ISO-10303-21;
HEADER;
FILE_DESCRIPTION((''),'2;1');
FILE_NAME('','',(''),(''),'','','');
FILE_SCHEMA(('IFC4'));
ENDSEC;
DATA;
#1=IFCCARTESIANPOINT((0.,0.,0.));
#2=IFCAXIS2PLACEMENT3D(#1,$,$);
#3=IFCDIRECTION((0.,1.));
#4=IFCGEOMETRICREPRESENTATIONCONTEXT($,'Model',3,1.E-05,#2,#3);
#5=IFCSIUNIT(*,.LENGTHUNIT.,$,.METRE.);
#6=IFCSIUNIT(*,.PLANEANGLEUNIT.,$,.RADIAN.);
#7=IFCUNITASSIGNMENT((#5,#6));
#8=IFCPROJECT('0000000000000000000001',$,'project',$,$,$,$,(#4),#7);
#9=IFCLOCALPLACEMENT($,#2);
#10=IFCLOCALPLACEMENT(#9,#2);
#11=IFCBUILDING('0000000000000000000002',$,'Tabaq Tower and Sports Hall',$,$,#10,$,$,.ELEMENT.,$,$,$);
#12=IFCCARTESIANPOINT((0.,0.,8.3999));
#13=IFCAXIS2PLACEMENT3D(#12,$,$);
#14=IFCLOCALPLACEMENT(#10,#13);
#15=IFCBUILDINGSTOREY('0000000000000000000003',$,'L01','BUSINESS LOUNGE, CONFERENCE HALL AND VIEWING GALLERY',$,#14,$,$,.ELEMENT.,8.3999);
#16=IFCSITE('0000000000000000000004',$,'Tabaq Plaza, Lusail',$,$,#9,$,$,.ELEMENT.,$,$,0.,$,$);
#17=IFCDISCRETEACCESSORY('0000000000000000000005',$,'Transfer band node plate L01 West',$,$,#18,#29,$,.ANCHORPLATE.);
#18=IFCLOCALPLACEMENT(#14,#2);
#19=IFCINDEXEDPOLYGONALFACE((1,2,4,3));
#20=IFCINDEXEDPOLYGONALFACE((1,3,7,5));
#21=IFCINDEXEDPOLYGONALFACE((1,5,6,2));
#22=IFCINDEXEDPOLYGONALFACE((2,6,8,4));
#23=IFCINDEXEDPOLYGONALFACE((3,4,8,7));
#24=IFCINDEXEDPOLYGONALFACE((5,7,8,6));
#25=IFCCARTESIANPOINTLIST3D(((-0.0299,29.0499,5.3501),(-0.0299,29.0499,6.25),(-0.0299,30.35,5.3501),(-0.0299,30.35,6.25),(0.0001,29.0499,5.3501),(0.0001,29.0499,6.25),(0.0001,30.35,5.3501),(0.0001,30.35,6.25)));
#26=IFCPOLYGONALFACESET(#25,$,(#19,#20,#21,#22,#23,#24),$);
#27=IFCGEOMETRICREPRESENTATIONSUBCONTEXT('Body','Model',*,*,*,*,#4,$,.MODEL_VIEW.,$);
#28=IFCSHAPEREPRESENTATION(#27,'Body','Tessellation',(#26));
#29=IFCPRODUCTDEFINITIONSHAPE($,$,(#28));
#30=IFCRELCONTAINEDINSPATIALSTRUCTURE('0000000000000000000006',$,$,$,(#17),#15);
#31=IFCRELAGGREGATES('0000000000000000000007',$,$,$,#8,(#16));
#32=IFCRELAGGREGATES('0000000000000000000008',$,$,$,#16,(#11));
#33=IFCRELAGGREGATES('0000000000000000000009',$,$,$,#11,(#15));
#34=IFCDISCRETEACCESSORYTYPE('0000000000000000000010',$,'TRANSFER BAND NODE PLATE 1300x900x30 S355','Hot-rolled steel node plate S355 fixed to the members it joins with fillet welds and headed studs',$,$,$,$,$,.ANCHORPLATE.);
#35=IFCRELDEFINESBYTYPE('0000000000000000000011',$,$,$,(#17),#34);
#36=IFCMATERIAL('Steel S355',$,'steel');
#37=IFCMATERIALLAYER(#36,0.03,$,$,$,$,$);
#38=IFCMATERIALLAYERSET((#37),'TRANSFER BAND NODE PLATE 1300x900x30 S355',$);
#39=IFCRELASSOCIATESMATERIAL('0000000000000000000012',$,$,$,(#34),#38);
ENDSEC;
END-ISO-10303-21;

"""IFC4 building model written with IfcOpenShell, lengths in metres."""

from ifc_helpers import new_model, si_unit, direction, frame, origin, origin_2d, place, context, subcontext, project, spatial, rectangle, extrude, material, layer, layer_set, type_object, element, save


model = new_model("IFC4")

# Units and contexts
model_context = context("Model", 3, precision=1e-05, world=origin(), true_north=direction((0.0, 1.0)))
body_context = subcontext(model_context, "Body", "Model", "MODEL_VIEW")
ifc_project = project(units=[si_unit("LENGTHUNIT", "METRE"), si_unit("PLANEANGLEUNIT", "RADIAN")], contexts=[model_context])

# Site, building, storey
site_placement = place(None, origin())
site = spatial("IfcSite", under=ifc_project, at=site_placement, Name="Tabaq Plaza, Lusail", CompositionType="ELEMENT", RefElevation=0.0)
building_placement = place(site_placement, origin())
building = spatial("IfcBuilding", under=site, at=building_placement, Name="Tabaq Tower and Sports Hall", CompositionType="ELEMENT")
storey_placement = place(building_placement, frame((0.0, 0.0, 8.3999)))
storey = spatial("IfcBuildingStorey", under=building, at=storey_placement, Name="L01", Description="BUSINESS LOUNGE, CONFERENCE HALL AND VIEWING GALLERY", CompositionType="ELEMENT", Elevation=8.3999)

# Discrete accessory
ifc_material_1 = material(Name="Steel S355", Category="steel")
ifc_layer_1 = layer(ifc_material_1, 0.03)
ifc_layer_set_1 = layer_set([ifc_layer_1], Name="TRANSFER BAND NODE PLATE 1300x900x30 S355")
discrete_accessory_type_1 = type_object("IfcDiscreteAccessoryType", Name="TRANSFER BAND NODE PLATE 1300x900x30 S355", Description="Hot-rolled steel node plate S355 fixed to the members it joins with fillet welds and headed studs", PredefinedType="ANCHORPLATE", material=ifc_layer_set_1)
discrete_accessory_1_placement = place(storey_placement, frame((-0.0149, 29.7, 5.3501), z_axis=(0.0, 0.0, 1.0), x_axis=(0.0, -1.0, 0.0)))
element("IfcDiscreteAccessory", 1, at=discrete_accessory_1_placement, inside=storey, type_object=discrete_accessory_type_1, Name="Transfer band node plate L01 West", PredefinedType="ANCHORPLATE", context=body_context, shape_type="SweptSolid", body=[
    extrude(rectangle(XDim=1.3, YDim=0.03, at=origin_2d()), origin(), (0.0, 0.0, 1.0), 0.8999),
])

save(model, "model.ifc")
